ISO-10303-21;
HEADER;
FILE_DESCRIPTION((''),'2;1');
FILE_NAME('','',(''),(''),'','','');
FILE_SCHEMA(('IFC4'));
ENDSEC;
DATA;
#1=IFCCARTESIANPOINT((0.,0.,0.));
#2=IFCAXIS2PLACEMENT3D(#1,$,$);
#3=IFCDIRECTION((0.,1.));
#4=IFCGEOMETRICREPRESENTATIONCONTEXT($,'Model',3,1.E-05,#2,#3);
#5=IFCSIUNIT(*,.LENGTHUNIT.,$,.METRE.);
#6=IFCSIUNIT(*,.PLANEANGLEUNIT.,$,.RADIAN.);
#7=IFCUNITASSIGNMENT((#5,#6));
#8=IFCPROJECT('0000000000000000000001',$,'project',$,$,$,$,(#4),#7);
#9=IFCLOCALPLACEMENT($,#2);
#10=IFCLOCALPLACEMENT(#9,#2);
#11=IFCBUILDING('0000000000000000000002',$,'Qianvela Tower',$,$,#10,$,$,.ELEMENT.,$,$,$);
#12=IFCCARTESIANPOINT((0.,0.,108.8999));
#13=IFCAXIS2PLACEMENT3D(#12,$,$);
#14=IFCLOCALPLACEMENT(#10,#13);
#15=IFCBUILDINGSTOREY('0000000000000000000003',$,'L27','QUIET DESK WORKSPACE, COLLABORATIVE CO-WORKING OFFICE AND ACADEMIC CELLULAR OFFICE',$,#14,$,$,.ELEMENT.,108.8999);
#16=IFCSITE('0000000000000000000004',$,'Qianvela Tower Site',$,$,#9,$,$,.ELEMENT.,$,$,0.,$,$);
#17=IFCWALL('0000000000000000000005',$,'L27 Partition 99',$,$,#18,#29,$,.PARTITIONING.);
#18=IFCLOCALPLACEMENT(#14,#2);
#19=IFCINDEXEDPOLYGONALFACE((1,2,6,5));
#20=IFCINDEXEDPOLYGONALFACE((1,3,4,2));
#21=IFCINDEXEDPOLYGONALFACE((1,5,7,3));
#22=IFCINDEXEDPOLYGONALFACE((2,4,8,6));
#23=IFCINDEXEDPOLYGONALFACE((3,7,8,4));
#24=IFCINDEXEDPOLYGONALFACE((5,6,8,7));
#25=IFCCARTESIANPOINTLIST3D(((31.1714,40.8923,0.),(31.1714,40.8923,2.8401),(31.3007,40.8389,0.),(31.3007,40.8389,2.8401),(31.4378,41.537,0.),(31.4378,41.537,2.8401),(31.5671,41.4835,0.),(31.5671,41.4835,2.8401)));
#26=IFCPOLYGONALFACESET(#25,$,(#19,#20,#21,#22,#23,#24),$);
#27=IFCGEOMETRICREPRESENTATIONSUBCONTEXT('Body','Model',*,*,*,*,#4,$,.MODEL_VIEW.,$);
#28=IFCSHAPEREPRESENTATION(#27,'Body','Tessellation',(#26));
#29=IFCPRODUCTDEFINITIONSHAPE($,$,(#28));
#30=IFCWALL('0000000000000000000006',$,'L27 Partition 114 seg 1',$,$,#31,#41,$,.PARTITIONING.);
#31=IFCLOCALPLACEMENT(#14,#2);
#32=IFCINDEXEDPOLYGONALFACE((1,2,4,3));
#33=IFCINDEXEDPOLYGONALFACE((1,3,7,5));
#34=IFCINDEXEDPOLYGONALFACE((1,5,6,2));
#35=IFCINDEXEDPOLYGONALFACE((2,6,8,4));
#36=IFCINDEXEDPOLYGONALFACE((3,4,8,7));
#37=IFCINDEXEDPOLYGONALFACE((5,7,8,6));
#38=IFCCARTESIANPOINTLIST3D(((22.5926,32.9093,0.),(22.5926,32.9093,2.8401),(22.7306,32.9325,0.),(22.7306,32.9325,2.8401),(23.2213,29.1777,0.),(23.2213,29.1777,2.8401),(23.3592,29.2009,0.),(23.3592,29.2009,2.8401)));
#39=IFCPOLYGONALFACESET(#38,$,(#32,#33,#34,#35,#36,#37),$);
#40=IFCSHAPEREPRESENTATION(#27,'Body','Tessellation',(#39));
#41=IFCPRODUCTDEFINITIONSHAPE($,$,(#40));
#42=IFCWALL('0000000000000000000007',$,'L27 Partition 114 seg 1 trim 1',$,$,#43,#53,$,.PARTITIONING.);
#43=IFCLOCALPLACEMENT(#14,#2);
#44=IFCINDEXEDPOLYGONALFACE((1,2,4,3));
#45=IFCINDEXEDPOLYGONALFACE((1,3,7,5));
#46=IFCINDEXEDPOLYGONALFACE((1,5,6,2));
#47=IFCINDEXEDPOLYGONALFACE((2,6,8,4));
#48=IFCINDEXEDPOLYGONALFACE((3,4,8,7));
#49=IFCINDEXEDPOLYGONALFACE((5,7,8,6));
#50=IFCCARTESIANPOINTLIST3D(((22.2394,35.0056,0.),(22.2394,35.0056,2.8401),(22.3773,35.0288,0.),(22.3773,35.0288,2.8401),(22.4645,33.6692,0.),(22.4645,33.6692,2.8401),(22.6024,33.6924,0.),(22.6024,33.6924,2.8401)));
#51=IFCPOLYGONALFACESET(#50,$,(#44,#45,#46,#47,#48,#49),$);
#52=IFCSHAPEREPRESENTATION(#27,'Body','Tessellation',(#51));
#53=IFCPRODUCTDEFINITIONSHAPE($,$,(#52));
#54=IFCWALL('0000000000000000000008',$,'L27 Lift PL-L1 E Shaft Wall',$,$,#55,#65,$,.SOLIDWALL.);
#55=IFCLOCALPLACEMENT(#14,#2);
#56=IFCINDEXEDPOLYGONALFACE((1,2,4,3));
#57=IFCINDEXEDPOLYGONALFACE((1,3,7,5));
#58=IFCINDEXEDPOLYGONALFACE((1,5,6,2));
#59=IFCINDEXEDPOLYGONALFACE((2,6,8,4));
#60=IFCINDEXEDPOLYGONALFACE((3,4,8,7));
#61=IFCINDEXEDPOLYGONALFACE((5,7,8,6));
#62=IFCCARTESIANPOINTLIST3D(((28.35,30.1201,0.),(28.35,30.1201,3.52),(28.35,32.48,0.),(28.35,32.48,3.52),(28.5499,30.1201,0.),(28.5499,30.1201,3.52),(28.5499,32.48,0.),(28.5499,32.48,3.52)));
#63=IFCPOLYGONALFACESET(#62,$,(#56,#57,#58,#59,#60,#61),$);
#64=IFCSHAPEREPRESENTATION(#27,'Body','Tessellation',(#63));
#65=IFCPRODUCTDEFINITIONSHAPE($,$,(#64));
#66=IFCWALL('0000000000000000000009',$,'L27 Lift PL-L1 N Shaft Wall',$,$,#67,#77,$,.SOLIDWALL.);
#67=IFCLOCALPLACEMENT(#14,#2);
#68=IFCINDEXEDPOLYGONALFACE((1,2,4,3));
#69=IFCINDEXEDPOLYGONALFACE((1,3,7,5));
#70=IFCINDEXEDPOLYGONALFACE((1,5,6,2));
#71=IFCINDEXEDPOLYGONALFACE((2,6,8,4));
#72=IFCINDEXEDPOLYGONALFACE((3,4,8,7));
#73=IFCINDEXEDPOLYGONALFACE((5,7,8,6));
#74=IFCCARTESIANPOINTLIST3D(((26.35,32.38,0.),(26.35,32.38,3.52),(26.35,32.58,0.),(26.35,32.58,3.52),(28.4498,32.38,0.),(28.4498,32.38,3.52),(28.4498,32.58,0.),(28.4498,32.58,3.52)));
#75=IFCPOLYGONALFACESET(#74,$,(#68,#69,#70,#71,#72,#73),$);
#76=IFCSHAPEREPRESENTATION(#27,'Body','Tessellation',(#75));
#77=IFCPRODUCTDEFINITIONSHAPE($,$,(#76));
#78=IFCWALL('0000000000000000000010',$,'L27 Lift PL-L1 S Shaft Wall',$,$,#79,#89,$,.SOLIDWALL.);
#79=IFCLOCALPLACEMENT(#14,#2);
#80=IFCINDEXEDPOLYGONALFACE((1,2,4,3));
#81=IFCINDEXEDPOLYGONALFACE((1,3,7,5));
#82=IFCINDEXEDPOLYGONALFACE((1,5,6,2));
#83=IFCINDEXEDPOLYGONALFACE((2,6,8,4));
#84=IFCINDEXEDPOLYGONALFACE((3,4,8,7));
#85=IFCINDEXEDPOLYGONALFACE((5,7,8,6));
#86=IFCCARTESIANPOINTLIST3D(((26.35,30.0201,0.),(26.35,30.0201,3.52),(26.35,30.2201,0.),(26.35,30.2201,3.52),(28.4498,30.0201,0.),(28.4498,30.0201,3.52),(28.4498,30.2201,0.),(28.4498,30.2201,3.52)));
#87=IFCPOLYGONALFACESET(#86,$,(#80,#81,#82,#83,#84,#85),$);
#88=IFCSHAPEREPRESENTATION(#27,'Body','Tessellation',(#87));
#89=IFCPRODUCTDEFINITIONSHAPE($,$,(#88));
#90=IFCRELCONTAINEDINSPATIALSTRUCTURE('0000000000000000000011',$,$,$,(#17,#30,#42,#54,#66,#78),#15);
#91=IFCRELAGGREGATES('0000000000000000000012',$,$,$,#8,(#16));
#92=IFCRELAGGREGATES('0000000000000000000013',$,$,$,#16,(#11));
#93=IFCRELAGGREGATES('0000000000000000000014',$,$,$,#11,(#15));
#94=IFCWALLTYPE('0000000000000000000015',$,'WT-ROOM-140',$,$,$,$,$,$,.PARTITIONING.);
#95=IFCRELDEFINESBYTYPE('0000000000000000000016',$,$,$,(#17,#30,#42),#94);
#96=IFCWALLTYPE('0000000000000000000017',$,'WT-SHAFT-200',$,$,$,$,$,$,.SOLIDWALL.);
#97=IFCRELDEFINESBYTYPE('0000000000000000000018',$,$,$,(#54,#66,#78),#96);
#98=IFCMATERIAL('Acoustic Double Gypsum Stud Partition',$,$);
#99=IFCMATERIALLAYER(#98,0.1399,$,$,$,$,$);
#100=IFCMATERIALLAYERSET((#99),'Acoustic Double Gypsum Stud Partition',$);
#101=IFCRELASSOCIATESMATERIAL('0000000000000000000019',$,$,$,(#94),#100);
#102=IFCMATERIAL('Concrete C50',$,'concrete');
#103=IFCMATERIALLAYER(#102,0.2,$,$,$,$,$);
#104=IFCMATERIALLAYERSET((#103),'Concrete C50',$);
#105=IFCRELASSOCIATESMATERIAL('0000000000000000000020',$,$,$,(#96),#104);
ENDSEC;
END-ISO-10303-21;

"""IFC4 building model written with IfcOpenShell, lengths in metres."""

from ifc_helpers import new_model, si_unit, direction, frame, frame_2d, origin, place, context, subcontext, project, spatial, rectangle, extrude, material, layer, layer_set, type_object, element, save


model = new_model("IFC4")

# Units and contexts
model_context = context("Model", 3, precision=1e-05, world=origin(), true_north=direction((0.0, 1.0)))
body_context = subcontext(model_context, "Body", "Model", "MODEL_VIEW")
ifc_project = project(units=[si_unit("LENGTHUNIT", "METRE"), si_unit("PLANEANGLEUNIT", "RADIAN")], contexts=[model_context])

# Site, building, storey
site_placement = place(None, origin())
site = spatial("IfcSite", under=ifc_project, at=site_placement, Name="Qianvela Tower Site", CompositionType="ELEMENT", RefElevation=0.0)
building_placement = place(site_placement, origin())
building = spatial("IfcBuilding", under=site, at=building_placement, Name="Qianvela Tower", CompositionType="ELEMENT")
storey_placement = place(building_placement, frame((0.0, 0.0, 108.8999)))
storey = spatial("IfcBuildingStorey", under=building, at=storey_placement, Name="L27", Description="QUIET DESK WORKSPACE, COLLABORATIVE CO-WORKING OFFICE AND ACADEMIC CELLULAR OFFICE", CompositionType="ELEMENT", Elevation=108.8999)

# Walls
ifc_material_1 = material(Name="Acoustic Double Gypsum Stud Partition")
ifc_layer_1 = layer(ifc_material_1, 0.1399)
ifc_layer_set_1 = layer_set([ifc_layer_1], Name="Acoustic Double Gypsum Stud Partition")
wall_type_1 = type_object("IfcWallType", Name="WT-ROOM-140", PredefinedType="PARTITIONING", material=ifc_layer_set_1)
wall_1_placement = place(storey_placement, frame((31.2361, 40.8657, 0.0), z_axis=(0.0, 0.0, 1.0), x_axis=(0.381929, 0.924192, 0.0)))
element("IfcWall", 1, at=wall_1_placement, inside=storey, type_object=wall_type_1, Name="L27 Partition 99", PredefinedType="PARTITIONING", context=body_context, shape_type="SweptSolid", body=[
    extrude(rectangle(XDim=0.6975, YDim=0.1399, at=frame_2d((0.3486, 0.0))), origin(), (0.0, 0.0, 1.0), 2.8401),
])
wall_2_placement = place(storey_placement, frame((22.6616, 32.9209, 0.0), z_axis=(0.0, 0.0, 1.0), x_axis=(0.166125, -0.986105, 0.0)))
element("IfcWall", 2, at=wall_2_placement, inside=storey, type_object=wall_type_1, Name="L27 Partition 114 seg 1", PredefinedType="PARTITIONING", context=body_context, shape_type="SweptSolid", body=[
    extrude(rectangle(XDim=3.7842, YDim=0.1399, at=frame_2d((1.8921, 0.0))), origin(), (0.0, 0.0, 1.0), 2.8401),
])
wall_3_placement = place(storey_placement, frame((22.3083, 35.0173, 0.0), z_axis=(0.0, 0.0, 1.0), x_axis=(0.166093, -0.98611, 0.0)))
element("IfcWall", 3, at=wall_3_placement, inside=storey, type_object=wall_type_1, Name="L27 Partition 114 seg 1 trim 1", PredefinedType="PARTITIONING", context=body_context, shape_type="SweptSolid", body=[
    extrude(rectangle(XDim=1.3552, YDim=0.1399, at=frame_2d((0.6777, 0.0))), origin(), (0.0, 0.0, 1.0), 2.8401),
])
ifc_material_2 = material(Name="Concrete C50", Category="concrete")
ifc_layer_2 = layer(ifc_material_2, 0.2)
ifc_layer_set_2 = layer_set([ifc_layer_2], Name="Concrete C50")
wall_type_2 = type_object("IfcWallType", Name="WT-SHAFT-200", PredefinedType="SOLIDWALL", material=ifc_layer_set_2)
wall_4_placement = place(storey_placement, frame((28.45, 30.1201, 0.0), z_axis=(0.0, 0.0, 1.0), x_axis=(0.0, 1.0, 0.0)))
element("IfcWall", 4, at=wall_4_placement, inside=storey, type_object=wall_type_2, Name="L27 Lift PL-L1 E Shaft Wall", PredefinedType="SOLIDWALL", context=body_context, shape_type="SweptSolid", body=[
    extrude(rectangle(XDim=2.3599, YDim=0.2, at=frame_2d((1.1799, 0.0))), origin(), (0.0, 0.0, 1.0), 3.52),
])
for number, where, z_axis, x_axis, name in (
    (5, (26.3501, 32.48, 0.0), (0.0, 0.0, 1.0), (1.0, 0.0, 0.0), "L27 Lift PL-L1 N Shaft Wall"),
    (6, (26.3501, 30.1201, 0.0), (0.0, 0.0, 1.0), (1.0, 0.0, 0.0), "L27 Lift PL-L1 S Shaft Wall"),
):
    element("IfcWall", number, at=place(storey_placement, frame(where, z_axis=z_axis, x_axis=x_axis)), inside=storey, type_object=wall_type_2, Name=name, PredefinedType="SOLIDWALL", context=body_context, shape_type="SweptSolid", body=[
        extrude(rectangle(XDim=2.0999, YDim=0.2, at=frame_2d((1.0498, 0.0))), origin(), (0.0, 0.0, 1.0), 3.52),
    ])

save(model, "model.ifc")
